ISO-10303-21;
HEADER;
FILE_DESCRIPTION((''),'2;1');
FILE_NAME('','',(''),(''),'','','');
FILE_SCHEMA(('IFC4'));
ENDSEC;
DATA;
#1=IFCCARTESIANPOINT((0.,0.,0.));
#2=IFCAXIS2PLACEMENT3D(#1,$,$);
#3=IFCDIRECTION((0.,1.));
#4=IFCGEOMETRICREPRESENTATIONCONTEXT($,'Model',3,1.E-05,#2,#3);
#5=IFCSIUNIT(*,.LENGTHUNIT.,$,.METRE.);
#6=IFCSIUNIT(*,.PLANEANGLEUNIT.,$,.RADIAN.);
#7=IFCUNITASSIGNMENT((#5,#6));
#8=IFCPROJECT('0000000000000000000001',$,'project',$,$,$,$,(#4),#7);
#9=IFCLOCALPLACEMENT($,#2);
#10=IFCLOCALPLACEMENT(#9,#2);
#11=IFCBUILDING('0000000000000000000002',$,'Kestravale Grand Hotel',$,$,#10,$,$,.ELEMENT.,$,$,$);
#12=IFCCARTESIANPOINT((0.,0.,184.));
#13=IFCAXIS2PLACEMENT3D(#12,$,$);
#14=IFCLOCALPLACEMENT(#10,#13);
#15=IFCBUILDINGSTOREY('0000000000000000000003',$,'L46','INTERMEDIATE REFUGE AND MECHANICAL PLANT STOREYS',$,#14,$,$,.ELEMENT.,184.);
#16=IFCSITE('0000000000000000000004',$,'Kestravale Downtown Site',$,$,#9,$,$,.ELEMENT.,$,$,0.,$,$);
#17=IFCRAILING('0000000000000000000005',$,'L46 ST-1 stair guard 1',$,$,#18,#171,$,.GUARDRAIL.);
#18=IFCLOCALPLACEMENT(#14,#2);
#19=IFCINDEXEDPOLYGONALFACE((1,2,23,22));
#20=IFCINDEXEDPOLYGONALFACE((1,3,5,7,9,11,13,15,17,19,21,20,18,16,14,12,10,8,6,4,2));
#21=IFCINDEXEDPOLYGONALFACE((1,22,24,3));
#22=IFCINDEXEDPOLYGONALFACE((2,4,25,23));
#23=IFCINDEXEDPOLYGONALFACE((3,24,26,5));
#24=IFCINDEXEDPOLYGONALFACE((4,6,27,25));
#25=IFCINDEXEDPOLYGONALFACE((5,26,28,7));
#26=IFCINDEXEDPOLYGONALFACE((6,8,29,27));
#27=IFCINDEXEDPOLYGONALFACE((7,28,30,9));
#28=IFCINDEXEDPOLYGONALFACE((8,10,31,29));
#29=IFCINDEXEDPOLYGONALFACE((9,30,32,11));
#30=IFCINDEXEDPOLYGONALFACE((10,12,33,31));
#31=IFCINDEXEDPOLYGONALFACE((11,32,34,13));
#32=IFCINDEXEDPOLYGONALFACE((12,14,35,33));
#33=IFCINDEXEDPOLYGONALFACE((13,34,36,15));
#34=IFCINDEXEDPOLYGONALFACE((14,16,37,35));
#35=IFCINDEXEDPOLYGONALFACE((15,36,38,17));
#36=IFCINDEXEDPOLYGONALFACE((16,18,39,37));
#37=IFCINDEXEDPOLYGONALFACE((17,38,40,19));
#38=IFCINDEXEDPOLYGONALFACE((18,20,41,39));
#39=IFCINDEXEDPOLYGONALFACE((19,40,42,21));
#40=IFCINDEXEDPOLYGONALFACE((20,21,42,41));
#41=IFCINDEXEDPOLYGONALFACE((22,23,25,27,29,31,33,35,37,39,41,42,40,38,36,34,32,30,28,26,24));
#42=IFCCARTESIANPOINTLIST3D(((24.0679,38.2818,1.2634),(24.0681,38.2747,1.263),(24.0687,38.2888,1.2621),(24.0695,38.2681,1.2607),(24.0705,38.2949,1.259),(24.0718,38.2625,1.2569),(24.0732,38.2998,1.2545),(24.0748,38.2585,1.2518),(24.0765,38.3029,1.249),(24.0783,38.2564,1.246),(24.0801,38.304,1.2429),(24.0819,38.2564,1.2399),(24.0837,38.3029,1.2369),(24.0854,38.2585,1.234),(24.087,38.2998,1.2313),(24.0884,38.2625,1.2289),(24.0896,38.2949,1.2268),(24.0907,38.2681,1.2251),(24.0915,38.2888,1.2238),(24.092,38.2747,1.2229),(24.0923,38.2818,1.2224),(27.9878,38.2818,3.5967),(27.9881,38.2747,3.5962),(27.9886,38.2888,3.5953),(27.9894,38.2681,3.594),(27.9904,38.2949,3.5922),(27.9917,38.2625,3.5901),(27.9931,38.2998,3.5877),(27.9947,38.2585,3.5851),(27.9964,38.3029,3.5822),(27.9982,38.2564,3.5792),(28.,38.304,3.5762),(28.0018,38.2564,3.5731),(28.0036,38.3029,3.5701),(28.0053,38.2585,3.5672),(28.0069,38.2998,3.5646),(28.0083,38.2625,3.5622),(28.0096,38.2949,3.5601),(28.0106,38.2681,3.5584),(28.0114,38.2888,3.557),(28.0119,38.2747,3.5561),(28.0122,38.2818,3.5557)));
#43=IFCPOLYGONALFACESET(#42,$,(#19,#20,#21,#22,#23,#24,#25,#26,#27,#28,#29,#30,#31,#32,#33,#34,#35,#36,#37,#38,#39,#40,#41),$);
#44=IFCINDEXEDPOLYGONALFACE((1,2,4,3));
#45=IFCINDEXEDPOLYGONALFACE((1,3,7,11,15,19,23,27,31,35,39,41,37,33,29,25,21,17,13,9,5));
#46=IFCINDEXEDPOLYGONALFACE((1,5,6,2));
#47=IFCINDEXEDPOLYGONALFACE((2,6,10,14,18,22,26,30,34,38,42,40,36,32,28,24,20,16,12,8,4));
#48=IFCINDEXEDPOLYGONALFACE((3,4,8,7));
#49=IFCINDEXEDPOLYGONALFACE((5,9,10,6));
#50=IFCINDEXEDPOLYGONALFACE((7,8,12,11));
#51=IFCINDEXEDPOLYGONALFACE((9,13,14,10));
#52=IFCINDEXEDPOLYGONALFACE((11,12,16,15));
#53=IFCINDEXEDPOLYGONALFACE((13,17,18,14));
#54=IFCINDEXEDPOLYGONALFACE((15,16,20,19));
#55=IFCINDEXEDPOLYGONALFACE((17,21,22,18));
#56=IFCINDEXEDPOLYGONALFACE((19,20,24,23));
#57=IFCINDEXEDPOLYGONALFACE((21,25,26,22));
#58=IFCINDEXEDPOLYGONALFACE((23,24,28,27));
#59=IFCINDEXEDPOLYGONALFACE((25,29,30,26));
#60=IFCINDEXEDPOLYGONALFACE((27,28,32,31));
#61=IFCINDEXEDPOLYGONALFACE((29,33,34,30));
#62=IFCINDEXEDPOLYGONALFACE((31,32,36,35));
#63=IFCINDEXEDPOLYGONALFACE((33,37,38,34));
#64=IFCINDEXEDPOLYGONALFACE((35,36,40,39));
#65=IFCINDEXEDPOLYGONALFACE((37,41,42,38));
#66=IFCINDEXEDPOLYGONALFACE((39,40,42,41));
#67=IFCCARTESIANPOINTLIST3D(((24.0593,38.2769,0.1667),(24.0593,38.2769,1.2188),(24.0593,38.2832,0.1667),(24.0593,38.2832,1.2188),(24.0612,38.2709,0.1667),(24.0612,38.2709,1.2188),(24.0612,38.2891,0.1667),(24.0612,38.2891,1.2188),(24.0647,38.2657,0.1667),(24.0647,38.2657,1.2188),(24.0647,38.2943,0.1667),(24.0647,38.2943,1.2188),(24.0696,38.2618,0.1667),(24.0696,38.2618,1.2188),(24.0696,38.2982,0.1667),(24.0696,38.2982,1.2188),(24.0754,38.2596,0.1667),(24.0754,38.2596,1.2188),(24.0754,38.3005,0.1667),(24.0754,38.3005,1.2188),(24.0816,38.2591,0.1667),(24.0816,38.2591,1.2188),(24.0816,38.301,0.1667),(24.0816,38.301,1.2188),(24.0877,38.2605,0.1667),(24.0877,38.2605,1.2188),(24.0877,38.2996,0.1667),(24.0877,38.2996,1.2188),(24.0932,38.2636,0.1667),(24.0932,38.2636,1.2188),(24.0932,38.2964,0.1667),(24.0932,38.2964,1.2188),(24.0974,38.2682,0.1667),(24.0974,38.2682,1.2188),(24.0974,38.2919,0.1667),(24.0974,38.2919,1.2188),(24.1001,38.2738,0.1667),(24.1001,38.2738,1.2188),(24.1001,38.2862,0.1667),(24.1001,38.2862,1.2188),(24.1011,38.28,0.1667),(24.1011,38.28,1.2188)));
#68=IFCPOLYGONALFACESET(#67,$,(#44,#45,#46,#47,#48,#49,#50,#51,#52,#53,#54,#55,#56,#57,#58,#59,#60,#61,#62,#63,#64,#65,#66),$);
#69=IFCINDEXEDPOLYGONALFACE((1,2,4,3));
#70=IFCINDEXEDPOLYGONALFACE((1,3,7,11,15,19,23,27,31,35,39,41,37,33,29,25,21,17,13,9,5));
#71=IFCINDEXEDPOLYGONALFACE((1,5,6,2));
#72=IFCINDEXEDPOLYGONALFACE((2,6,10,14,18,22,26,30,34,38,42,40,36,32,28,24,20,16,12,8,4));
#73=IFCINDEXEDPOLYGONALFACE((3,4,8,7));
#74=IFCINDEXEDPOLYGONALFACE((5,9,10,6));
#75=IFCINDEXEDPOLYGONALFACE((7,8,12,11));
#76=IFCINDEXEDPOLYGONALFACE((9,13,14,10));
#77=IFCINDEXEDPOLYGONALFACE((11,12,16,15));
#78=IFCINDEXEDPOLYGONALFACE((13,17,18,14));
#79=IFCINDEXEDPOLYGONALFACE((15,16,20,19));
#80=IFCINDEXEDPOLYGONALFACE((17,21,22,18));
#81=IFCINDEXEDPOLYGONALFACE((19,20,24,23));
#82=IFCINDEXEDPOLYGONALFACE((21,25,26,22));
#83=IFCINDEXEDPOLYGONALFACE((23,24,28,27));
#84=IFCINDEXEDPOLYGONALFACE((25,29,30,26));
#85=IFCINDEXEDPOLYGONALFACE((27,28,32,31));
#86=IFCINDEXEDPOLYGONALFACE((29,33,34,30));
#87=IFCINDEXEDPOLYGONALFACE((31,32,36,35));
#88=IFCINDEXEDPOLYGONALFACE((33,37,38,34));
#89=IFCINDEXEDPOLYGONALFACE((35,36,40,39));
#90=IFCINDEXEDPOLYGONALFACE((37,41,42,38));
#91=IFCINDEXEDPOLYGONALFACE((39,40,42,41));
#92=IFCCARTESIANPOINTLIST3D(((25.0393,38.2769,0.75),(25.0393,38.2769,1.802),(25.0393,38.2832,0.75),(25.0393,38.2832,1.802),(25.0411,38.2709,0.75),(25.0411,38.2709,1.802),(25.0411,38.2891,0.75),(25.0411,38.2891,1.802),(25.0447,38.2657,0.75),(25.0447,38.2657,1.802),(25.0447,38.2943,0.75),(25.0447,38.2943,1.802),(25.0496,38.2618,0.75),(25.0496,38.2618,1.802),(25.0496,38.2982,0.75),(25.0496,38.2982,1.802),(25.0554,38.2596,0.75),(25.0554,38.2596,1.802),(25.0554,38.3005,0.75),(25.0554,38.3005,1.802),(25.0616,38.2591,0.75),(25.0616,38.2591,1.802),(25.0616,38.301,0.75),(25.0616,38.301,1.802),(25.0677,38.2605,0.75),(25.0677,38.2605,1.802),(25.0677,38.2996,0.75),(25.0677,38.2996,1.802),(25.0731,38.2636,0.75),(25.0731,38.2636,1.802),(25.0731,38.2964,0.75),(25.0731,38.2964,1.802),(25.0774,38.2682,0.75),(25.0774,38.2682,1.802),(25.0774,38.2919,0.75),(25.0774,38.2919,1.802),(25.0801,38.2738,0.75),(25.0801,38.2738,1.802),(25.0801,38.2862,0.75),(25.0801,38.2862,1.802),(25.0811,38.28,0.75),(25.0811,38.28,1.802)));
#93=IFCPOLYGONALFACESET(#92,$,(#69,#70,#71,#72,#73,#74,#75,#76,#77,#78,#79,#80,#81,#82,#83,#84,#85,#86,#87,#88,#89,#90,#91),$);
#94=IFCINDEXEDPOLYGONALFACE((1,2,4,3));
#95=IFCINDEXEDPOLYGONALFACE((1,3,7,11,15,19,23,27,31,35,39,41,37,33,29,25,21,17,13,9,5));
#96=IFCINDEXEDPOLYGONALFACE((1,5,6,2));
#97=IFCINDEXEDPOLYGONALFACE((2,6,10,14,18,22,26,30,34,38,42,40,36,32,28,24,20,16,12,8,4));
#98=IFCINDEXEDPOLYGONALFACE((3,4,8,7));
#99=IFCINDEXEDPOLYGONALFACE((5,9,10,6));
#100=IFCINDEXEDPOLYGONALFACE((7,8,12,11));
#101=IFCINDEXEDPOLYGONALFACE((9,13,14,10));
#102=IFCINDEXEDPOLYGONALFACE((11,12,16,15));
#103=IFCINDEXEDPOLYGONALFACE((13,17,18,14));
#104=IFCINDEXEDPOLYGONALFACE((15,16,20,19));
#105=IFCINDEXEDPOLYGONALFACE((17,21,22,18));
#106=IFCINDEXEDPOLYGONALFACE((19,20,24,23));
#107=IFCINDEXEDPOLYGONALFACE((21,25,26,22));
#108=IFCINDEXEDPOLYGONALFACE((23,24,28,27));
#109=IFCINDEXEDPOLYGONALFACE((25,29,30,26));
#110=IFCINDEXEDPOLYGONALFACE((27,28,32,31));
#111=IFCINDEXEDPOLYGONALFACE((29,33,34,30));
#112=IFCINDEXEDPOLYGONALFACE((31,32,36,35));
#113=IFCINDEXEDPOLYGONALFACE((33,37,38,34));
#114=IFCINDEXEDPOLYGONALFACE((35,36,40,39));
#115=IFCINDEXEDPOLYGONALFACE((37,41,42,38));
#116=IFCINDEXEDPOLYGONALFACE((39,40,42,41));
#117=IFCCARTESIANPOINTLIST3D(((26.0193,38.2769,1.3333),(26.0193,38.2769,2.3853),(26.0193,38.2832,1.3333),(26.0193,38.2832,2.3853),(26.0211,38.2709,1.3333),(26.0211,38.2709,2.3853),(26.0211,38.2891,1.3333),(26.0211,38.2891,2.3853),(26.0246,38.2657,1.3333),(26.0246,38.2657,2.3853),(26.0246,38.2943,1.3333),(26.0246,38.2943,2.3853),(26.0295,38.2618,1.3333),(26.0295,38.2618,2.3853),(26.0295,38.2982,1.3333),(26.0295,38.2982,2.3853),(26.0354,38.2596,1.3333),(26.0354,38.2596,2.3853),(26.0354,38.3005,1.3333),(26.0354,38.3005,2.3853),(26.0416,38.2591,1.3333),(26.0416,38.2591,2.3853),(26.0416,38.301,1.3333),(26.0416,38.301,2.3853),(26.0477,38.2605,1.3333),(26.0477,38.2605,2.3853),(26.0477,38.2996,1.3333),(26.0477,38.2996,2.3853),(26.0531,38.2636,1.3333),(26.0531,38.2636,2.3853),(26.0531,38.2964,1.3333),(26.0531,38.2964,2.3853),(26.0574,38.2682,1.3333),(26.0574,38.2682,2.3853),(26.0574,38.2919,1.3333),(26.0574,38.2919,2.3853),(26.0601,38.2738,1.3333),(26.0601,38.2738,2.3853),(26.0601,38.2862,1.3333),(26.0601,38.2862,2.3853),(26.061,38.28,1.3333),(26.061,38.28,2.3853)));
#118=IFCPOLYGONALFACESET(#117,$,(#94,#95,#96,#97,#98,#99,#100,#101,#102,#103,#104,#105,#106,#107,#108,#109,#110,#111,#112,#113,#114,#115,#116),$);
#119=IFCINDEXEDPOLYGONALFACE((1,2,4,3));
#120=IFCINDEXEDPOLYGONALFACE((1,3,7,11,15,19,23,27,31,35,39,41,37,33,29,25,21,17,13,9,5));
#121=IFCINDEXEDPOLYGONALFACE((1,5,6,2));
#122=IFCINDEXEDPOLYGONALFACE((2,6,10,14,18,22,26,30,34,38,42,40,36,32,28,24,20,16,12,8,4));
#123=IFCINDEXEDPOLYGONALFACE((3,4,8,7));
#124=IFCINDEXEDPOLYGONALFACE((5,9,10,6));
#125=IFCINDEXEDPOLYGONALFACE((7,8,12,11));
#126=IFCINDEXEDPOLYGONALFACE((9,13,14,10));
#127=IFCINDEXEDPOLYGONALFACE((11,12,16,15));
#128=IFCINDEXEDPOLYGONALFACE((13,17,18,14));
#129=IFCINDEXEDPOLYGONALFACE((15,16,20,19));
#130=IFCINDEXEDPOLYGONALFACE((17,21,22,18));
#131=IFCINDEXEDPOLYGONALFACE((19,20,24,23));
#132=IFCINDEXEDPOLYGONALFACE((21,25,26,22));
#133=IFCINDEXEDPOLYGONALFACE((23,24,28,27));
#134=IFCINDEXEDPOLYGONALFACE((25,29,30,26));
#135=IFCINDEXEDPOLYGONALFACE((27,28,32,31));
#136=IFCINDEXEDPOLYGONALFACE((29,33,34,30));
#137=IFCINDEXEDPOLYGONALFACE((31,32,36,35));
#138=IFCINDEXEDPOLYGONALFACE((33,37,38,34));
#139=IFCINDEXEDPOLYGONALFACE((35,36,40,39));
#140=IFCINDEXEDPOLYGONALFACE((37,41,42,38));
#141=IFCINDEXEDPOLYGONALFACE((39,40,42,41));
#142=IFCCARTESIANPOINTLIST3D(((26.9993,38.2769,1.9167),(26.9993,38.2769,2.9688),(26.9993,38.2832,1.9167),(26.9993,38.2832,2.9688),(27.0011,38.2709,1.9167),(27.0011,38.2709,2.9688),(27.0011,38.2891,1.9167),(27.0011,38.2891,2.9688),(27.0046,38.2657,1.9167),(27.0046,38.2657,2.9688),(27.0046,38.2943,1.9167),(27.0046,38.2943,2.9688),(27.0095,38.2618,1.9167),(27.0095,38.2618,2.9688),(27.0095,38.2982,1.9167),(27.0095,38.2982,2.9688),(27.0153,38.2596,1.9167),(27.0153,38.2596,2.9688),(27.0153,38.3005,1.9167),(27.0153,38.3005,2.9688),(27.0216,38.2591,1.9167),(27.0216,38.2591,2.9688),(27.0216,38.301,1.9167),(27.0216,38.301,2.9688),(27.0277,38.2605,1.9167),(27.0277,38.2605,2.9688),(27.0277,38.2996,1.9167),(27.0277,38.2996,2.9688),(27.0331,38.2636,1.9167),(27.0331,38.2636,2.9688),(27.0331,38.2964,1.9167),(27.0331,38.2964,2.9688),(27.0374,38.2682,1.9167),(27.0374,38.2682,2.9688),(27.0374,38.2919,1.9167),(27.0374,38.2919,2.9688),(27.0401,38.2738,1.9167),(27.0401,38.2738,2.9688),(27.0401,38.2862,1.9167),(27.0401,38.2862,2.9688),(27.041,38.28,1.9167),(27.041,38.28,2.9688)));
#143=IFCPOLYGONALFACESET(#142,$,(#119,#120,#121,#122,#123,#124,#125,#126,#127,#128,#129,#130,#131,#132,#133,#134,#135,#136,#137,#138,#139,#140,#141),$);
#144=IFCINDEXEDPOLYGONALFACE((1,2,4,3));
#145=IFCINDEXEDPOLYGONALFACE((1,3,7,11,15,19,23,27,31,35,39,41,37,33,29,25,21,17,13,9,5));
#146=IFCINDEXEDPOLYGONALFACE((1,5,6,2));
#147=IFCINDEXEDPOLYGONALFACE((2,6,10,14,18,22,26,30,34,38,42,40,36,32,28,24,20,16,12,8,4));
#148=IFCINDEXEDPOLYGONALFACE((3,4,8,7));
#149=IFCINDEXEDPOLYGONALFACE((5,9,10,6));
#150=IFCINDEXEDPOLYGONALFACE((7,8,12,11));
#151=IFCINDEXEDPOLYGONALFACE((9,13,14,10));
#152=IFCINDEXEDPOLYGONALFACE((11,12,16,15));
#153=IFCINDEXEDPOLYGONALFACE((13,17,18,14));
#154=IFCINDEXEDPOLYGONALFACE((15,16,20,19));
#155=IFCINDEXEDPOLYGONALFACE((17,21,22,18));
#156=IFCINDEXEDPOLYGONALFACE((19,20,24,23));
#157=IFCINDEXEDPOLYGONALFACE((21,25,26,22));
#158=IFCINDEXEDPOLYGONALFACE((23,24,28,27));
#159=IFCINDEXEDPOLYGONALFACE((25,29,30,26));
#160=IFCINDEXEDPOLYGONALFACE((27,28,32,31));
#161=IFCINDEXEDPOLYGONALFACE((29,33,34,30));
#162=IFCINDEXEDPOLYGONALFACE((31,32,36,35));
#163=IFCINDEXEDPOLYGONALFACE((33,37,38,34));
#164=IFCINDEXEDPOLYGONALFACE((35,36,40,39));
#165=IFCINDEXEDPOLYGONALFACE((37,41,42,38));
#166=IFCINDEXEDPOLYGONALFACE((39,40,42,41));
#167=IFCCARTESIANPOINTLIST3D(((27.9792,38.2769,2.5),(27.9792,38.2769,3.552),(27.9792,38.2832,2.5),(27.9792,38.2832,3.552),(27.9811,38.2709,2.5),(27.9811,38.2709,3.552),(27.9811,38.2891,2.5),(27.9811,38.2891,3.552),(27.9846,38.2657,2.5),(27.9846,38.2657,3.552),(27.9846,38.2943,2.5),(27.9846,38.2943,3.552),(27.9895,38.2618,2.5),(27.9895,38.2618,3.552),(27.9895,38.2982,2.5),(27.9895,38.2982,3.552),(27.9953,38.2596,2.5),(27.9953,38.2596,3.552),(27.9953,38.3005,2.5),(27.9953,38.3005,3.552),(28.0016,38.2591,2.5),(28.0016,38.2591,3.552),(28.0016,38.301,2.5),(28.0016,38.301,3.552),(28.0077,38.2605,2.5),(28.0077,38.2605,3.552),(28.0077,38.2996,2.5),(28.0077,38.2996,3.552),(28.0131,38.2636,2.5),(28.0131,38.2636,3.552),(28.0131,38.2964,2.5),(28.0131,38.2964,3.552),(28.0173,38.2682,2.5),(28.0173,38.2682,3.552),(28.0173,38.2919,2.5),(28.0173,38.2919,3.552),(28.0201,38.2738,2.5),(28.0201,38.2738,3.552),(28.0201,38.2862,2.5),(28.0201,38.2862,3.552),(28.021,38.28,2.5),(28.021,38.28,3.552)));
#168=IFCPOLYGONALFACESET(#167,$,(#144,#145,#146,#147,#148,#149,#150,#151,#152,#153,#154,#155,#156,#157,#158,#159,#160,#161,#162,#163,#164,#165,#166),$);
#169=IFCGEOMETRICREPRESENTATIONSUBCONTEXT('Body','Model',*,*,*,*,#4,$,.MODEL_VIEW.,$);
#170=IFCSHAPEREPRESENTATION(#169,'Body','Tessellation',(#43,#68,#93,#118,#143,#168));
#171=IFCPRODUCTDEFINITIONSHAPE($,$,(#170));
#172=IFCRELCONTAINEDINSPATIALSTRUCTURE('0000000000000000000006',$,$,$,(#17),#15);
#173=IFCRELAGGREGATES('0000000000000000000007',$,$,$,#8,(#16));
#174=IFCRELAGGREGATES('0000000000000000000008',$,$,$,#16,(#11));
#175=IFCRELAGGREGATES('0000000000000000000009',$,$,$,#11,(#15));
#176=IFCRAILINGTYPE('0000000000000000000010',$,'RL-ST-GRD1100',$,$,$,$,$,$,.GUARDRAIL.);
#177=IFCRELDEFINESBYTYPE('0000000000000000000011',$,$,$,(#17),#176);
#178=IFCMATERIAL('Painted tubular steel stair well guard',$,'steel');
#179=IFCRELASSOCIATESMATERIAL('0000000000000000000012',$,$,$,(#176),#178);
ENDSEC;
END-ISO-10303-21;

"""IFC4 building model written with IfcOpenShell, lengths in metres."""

from ifc_helpers import new_model, si_unit, direction, frame, origin, origin_2d, place, context, subcontext, project, spatial, circle, extrude, material, type_object, element, save


model = new_model("IFC4")

# Units and contexts
model_context = context("Model", 3, precision=1e-05, world=origin(), true_north=direction((0.0, 1.0)))
body_context = subcontext(model_context, "Body", "Model", "MODEL_VIEW")
ifc_project = project(units=[si_unit("LENGTHUNIT", "METRE"), si_unit("PLANEANGLEUNIT", "RADIAN")], contexts=[model_context])

# Site, building, storey
site_placement = place(None, origin())
site = spatial("IfcSite", under=ifc_project, at=site_placement, Name="Kestravale Downtown Site", CompositionType="ELEMENT", RefElevation=0.0)
building_placement = place(site_placement, origin())
building = spatial("IfcBuilding", under=site, at=building_placement, Name="Kestravale Grand Hotel", CompositionType="ELEMENT")
storey_placement = place(building_placement, frame((0.0, 0.0, 184.0)))
storey = spatial("IfcBuildingStorey", under=building, at=storey_placement, Name="L46", Description="INTERMEDIATE REFUGE AND MECHANICAL PLANT STOREYS", CompositionType="ELEMENT", Elevation=184.0)

# Railing
ifc_material_1 = material(Name="Painted tubular steel stair well guard", Category="steel")
railing_type_1 = type_object("IfcRailingType", Name="RL-ST-GRD1100", PredefinedType="GUARDRAIL", material=ifc_material_1)
railing_1_placement = place(storey_placement, frame((24.0801, 38.28, 0.1667)))
element("IfcRailing", 1, at=railing_1_placement, inside=storey, type_object=railing_type_1, Name="L46 ST-1 stair guard 1", PredefinedType="GUARDRAIL", context=body_context, shape_type="SweptSolid", body=[
    extrude(circle(Radius=0.0239, at=origin_2d()), frame((0.0, 0.0, 1.0762), z_axis=(0.859296, 0.0, 0.511478), x_axis=(0.0, 1.0, 0.0)), (0.0, 0.0, 1.0), 4.5618),
    extrude(circle(Radius=0.021, at=origin_2d()), origin(), (0.0, 0.0, 1.0), 1.052),
    extrude(circle(Radius=0.021, at=origin_2d()), frame((0.98, 0.0, 0.5833)), (0.0, 0.0, 1.0), 1.052),
    extrude(circle(Radius=0.021, at=origin_2d()), frame((1.96, 0.0, 1.1665)), (0.0, 0.0, 1.0), 1.052),
    extrude(circle(Radius=0.021, at=origin_2d()), frame((2.9399, 0.0, 1.75)), (0.0, 0.0, 1.0), 1.052),
    extrude(circle(Radius=0.021, at=origin_2d()), frame((3.9199, 0.0, 2.3333)), (0.0, 0.0, 1.0), 1.052),
])

save(model, "model.ifc")
